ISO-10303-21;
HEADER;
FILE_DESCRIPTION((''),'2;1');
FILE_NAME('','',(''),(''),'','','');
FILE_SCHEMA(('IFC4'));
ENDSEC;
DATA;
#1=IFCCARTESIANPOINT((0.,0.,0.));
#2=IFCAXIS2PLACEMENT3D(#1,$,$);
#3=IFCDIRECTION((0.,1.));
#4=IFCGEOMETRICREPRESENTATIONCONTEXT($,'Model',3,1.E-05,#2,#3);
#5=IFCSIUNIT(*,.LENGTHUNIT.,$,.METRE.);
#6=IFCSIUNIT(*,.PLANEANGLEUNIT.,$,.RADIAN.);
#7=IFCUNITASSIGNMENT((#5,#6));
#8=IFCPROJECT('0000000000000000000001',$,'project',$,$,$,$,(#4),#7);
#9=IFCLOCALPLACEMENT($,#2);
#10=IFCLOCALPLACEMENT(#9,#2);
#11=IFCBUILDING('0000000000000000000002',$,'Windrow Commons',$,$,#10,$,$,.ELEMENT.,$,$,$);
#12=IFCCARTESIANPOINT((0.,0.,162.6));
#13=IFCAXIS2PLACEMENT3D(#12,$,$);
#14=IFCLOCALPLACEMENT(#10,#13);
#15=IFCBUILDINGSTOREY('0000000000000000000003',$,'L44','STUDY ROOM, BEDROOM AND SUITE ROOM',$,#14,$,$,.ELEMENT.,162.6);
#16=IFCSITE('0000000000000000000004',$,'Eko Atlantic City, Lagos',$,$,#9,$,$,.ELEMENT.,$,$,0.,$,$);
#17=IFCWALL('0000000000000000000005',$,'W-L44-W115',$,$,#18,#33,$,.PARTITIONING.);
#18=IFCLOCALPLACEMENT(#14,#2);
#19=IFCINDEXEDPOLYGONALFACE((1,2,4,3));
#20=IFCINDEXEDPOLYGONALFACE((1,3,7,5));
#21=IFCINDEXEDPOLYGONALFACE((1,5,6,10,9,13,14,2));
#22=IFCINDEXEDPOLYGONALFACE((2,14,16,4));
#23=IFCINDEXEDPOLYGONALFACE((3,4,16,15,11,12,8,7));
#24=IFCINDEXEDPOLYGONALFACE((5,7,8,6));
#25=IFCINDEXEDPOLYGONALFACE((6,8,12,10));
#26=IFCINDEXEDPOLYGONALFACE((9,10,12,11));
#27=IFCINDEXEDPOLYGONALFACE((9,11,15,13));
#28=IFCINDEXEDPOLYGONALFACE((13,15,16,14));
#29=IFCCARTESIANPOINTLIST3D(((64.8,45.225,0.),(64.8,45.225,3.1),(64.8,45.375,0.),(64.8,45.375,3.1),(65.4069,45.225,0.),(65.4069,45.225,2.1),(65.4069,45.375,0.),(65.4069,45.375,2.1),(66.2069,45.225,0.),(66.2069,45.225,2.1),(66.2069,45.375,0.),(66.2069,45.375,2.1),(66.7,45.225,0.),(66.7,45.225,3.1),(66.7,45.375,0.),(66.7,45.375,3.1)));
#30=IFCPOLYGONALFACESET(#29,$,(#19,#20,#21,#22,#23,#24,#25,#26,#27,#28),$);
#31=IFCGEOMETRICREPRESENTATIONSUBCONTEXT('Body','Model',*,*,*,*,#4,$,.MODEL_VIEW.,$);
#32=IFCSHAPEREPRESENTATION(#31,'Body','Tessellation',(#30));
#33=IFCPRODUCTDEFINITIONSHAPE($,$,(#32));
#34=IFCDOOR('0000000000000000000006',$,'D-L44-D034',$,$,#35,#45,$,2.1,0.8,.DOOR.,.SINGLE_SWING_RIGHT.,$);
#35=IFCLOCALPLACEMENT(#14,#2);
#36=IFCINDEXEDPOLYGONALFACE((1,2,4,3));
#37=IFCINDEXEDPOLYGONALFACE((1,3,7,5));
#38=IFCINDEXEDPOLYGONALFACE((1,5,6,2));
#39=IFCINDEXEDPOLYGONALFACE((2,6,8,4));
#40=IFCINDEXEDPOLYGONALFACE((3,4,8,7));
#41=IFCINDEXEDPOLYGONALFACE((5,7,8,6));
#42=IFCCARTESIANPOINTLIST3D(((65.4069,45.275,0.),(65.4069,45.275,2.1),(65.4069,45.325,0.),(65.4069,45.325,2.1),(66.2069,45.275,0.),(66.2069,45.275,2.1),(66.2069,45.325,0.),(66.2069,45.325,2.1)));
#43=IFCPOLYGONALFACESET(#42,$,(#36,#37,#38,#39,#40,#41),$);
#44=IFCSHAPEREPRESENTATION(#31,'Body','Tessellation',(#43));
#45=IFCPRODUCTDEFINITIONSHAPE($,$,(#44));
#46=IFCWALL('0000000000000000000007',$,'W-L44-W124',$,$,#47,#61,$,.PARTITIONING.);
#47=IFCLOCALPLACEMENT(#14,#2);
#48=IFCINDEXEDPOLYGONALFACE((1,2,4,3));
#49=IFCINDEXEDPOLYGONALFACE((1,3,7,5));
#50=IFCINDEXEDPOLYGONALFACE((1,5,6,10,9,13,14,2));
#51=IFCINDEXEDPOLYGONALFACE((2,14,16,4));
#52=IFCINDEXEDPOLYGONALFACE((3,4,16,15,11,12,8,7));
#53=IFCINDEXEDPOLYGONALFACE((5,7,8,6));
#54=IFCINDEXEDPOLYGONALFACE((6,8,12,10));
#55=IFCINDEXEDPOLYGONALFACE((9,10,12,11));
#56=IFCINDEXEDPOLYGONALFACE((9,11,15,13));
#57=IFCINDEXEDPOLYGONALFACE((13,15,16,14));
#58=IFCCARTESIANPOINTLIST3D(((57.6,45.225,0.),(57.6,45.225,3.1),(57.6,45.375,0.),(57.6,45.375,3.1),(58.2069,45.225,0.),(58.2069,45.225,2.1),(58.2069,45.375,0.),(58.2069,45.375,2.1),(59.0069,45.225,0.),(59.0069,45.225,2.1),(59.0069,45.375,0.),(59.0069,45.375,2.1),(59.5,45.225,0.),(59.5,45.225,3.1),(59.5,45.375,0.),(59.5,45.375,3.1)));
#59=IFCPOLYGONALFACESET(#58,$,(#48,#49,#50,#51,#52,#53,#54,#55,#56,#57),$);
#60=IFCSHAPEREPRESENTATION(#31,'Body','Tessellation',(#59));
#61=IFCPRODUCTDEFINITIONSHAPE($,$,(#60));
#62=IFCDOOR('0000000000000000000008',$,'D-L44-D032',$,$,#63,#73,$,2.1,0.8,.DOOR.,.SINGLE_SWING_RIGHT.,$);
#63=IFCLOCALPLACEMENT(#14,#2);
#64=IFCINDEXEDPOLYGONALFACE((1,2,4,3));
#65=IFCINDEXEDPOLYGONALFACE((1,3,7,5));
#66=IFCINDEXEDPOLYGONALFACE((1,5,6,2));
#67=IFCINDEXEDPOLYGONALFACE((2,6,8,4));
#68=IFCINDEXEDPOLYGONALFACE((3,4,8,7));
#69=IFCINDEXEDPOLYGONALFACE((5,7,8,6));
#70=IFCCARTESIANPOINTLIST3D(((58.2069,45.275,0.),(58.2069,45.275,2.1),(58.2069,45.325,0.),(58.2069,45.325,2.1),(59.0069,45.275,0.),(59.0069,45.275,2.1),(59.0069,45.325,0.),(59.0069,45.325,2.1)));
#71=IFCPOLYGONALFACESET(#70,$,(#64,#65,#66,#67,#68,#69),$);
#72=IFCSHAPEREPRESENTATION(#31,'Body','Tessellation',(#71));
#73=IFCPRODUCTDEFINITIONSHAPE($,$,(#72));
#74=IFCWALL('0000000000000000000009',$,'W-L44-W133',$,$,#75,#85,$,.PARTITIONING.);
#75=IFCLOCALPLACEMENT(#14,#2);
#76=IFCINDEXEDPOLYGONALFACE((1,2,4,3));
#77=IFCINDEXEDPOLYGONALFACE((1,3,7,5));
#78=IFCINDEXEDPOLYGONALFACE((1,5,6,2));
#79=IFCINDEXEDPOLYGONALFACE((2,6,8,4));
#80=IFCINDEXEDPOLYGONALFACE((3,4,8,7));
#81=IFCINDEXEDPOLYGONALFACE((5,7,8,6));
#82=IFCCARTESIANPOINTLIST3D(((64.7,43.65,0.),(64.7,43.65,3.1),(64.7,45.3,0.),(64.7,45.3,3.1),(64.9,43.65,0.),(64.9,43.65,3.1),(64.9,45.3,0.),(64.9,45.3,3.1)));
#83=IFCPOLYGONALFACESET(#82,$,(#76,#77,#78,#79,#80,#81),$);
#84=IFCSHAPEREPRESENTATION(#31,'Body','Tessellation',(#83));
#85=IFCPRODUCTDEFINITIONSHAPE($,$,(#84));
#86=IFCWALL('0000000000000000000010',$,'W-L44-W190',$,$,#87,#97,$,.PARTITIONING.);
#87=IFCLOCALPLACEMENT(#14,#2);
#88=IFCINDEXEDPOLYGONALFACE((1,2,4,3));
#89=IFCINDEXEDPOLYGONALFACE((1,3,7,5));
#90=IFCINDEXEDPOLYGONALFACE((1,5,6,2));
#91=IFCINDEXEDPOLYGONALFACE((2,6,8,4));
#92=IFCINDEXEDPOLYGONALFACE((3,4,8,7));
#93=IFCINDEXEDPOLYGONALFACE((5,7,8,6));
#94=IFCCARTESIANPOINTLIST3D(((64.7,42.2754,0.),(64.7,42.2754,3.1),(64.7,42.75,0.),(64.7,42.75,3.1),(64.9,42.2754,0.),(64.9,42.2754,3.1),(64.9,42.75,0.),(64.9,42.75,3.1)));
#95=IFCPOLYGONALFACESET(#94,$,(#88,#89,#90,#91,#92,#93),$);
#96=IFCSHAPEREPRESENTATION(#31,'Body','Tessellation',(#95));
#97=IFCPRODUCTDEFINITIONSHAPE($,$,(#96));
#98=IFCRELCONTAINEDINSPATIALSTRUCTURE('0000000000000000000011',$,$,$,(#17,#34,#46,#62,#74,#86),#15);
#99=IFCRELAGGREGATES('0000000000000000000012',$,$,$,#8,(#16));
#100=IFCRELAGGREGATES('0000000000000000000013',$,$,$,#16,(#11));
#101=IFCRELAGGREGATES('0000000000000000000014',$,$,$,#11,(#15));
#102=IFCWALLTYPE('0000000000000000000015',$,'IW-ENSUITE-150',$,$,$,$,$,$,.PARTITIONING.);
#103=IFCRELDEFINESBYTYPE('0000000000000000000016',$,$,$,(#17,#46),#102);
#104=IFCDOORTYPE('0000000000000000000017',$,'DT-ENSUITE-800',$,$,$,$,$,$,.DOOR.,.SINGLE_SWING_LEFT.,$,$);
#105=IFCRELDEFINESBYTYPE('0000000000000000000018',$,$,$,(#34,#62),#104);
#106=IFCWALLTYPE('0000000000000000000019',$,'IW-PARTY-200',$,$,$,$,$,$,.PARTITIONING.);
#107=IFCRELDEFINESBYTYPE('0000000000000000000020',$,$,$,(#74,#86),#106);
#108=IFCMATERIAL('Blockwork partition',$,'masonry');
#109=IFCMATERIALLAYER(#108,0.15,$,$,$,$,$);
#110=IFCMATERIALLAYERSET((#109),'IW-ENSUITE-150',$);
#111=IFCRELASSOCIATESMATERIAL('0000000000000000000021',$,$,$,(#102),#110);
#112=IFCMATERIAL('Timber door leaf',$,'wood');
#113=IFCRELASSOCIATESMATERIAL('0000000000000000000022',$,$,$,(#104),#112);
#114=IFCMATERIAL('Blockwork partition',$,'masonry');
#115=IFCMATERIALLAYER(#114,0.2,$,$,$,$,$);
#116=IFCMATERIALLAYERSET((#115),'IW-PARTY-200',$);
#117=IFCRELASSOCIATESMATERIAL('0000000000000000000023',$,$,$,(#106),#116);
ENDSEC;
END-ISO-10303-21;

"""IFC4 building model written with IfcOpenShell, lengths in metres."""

from ifc_helpers import new_model, si_unit, direction, frame, frame_2d, origin, place, context, subcontext, project, spatial, rectangle, extrude, material, layer, layer_set, type_object, element, fill, save


model = new_model("IFC4")

# Units and contexts
model_context = context("Model", 3, precision=1e-05, world=origin(), true_north=direction((0.0, 1.0)))
body_context = subcontext(model_context, "Body", "Model", "MODEL_VIEW")
ifc_project = project(units=[si_unit("LENGTHUNIT", "METRE"), si_unit("PLANEANGLEUNIT", "RADIAN")], contexts=[model_context])

# Site, building, storey
site_placement = place(None, origin())
site = spatial("IfcSite", under=ifc_project, at=site_placement, Name="Eko Atlantic City, Lagos", CompositionType="ELEMENT", RefElevation=0.0)
building_placement = place(site_placement, origin())
building = spatial("IfcBuilding", under=site, at=building_placement, Name="Windrow Commons", CompositionType="ELEMENT")
storey_placement = place(building_placement, frame((0.0, 0.0, 162.6)))
storey = spatial("IfcBuildingStorey", under=building, at=storey_placement, Name="L44", Description="STUDY ROOM, BEDROOM AND SUITE ROOM", CompositionType="ELEMENT", Elevation=162.6)

# Shared definitions
ifc_material_1 = material(Name="Blockwork partition", Category="masonry")
ifc_layer_1 = layer(ifc_material_1, 0.15)
ifc_layer_set_1 = layer_set([ifc_layer_1], Name="IW-ENSUITE-150")
wall_type_1 = type_object("IfcWallType", Name="IW-ENSUITE-150", PredefinedType="PARTITIONING", material=ifc_layer_set_1)

# Walls, openings, doors
wall_1_placement = place(storey_placement, frame((64.8, 45.3, 0.0), z_axis=(0.0, 0.0, 1.0), x_axis=(1.0, 0.0, 0.0)))
wall_1 = element("IfcWall", 1, at=wall_1_placement, inside=storey, type_object=wall_type_1, Name="W-L44-W115", PredefinedType="PARTITIONING", context=body_context, shape_type="SweptSolid", body=[
    extrude(rectangle(XDim=1.9, YDim=0.15, at=frame_2d((0.95, 0.0))), origin(), (0.0, 0.0, 1.0), 3.1),
])
opening_1_placement = place(wall_1_placement, frame((0.6069, 0.0, 0.0)))
opening_1 = element("IfcOpeningElement", 2, at=opening_1_placement, cuts=wall_1, PredefinedType="OPENING", context=body_context, shape_type="SweptSolid", body=[
    extrude(rectangle(XDim=0.8, YDim=2.1, at=frame_2d((0.4, 1.05))), frame((0.0, 0.085, 0.0), z_axis=(0.0, -1.0, 0.0), x_axis=(1.0, 0.0, 0.0)), (0.0, 0.0, 1.0), 0.17),
])
ifc_material_2 = material(Name="Timber door leaf", Category="wood")
door_type = type_object("IfcDoorType", Name="DT-ENSUITE-800", OperationType="SINGLE_SWING_LEFT", PredefinedType="DOOR", material=ifc_material_2)
door_1_placement = place(opening_1_placement, origin())
door_1 = element("IfcDoor", 3, at=door_1_placement, inside=storey, type_object=door_type, Name="D-L44-D034", OperationType="SINGLE_SWING_RIGHT", OverallHeight=2.1, OverallWidth=0.8, PredefinedType="DOOR", context=body_context, shape_type="SweptSolid", body=[
    extrude(rectangle(XDim=0.8, YDim=2.1, at=frame_2d((0.4, 1.05))), frame((0.0, 0.025, 0.0), z_axis=(0.0, -1.0, 0.0), x_axis=(1.0, 0.0, 0.0)), (0.0, 0.0, 1.0), 0.05),
])
fill(opening_1, door_1)
wall_2_placement = place(storey_placement, frame((57.6, 45.3, 0.0), z_axis=(0.0, 0.0, 1.0), x_axis=(1.0, 0.0, 0.0)))
wall_2 = element("IfcWall", 4, at=wall_2_placement, inside=storey, type_object=wall_type_1, Name="W-L44-W124", PredefinedType="PARTITIONING", context=body_context, shape_type="SweptSolid", body=[
    extrude(rectangle(XDim=1.9, YDim=0.15, at=frame_2d((0.95, 0.0))), origin(), (0.0, 0.0, 1.0), 3.1),
])
opening_2_placement = place(wall_2_placement, frame((0.6069, 0.0, 0.0)))
opening_2 = element("IfcOpeningElement", 5, at=opening_2_placement, cuts=wall_2, PredefinedType="OPENING", context=body_context, shape_type="SweptSolid", body=[
    extrude(rectangle(XDim=0.8, YDim=2.1, at=frame_2d((0.4, 1.05))), frame((0.0, 0.085, 0.0), z_axis=(0.0, -1.0, 0.0), x_axis=(1.0, 0.0, 0.0)), (0.0, 0.0, 1.0), 0.17),
])
door_2_placement = place(opening_2_placement, origin())
door_2 = element("IfcDoor", 6, at=door_2_placement, inside=storey, type_object=door_type, Name="D-L44-D032", OperationType="SINGLE_SWING_RIGHT", OverallHeight=2.1, OverallWidth=0.8, PredefinedType="DOOR", context=body_context, shape_type="SweptSolid", body=[
    extrude(rectangle(XDim=0.8, YDim=2.1, at=frame_2d((0.4, 1.05))), frame((0.0, 0.025, 0.0), z_axis=(0.0, -1.0, 0.0), x_axis=(1.0, 0.0, 0.0)), (0.0, 0.0, 1.0), 0.05),
])
fill(opening_2, door_2)

# Walls
ifc_material_3 = material(Name="Blockwork partition", Category="masonry")
ifc_layer_2 = layer(ifc_material_3, 0.2)
ifc_layer_set_2 = layer_set([ifc_layer_2], Name="IW-PARTY-200")
wall_type_2 = type_object("IfcWallType", Name="IW-PARTY-200", PredefinedType="PARTITIONING", material=ifc_layer_set_2)
wall_3_placement = place(storey_placement, frame((64.8, 43.65, 0.0), z_axis=(0.0, 0.0, 1.0), x_axis=(0.0, 1.0, 0.0)))
element("IfcWall", 7, at=wall_3_placement, inside=storey, type_object=wall_type_2, Name="W-L44-W133", PredefinedType="PARTITIONING", context=body_context, shape_type="SweptSolid", body=[
    extrude(rectangle(XDim=1.65, YDim=0.2, at=frame_2d((0.825, 0.0))), origin(), (0.0, 0.0, 1.0), 3.1),
])
wall_4_placement = place(storey_placement, frame((64.8, 42.2755, 0.0), z_axis=(0.0, 0.0, 1.0), x_axis=(0.0, 1.0, 0.0)))
element("IfcWall", 8, at=wall_4_placement, inside=storey, type_object=wall_type_2, Name="W-L44-W190", PredefinedType="PARTITIONING", context=body_context, shape_type="SweptSolid", body=[
    extrude(rectangle(XDim=0.4745, YDim=0.2, at=frame_2d((0.2372, 0.0))), origin(), (0.0, 0.0, 1.0), 3.1),
])

save(model, "model.ifc")
